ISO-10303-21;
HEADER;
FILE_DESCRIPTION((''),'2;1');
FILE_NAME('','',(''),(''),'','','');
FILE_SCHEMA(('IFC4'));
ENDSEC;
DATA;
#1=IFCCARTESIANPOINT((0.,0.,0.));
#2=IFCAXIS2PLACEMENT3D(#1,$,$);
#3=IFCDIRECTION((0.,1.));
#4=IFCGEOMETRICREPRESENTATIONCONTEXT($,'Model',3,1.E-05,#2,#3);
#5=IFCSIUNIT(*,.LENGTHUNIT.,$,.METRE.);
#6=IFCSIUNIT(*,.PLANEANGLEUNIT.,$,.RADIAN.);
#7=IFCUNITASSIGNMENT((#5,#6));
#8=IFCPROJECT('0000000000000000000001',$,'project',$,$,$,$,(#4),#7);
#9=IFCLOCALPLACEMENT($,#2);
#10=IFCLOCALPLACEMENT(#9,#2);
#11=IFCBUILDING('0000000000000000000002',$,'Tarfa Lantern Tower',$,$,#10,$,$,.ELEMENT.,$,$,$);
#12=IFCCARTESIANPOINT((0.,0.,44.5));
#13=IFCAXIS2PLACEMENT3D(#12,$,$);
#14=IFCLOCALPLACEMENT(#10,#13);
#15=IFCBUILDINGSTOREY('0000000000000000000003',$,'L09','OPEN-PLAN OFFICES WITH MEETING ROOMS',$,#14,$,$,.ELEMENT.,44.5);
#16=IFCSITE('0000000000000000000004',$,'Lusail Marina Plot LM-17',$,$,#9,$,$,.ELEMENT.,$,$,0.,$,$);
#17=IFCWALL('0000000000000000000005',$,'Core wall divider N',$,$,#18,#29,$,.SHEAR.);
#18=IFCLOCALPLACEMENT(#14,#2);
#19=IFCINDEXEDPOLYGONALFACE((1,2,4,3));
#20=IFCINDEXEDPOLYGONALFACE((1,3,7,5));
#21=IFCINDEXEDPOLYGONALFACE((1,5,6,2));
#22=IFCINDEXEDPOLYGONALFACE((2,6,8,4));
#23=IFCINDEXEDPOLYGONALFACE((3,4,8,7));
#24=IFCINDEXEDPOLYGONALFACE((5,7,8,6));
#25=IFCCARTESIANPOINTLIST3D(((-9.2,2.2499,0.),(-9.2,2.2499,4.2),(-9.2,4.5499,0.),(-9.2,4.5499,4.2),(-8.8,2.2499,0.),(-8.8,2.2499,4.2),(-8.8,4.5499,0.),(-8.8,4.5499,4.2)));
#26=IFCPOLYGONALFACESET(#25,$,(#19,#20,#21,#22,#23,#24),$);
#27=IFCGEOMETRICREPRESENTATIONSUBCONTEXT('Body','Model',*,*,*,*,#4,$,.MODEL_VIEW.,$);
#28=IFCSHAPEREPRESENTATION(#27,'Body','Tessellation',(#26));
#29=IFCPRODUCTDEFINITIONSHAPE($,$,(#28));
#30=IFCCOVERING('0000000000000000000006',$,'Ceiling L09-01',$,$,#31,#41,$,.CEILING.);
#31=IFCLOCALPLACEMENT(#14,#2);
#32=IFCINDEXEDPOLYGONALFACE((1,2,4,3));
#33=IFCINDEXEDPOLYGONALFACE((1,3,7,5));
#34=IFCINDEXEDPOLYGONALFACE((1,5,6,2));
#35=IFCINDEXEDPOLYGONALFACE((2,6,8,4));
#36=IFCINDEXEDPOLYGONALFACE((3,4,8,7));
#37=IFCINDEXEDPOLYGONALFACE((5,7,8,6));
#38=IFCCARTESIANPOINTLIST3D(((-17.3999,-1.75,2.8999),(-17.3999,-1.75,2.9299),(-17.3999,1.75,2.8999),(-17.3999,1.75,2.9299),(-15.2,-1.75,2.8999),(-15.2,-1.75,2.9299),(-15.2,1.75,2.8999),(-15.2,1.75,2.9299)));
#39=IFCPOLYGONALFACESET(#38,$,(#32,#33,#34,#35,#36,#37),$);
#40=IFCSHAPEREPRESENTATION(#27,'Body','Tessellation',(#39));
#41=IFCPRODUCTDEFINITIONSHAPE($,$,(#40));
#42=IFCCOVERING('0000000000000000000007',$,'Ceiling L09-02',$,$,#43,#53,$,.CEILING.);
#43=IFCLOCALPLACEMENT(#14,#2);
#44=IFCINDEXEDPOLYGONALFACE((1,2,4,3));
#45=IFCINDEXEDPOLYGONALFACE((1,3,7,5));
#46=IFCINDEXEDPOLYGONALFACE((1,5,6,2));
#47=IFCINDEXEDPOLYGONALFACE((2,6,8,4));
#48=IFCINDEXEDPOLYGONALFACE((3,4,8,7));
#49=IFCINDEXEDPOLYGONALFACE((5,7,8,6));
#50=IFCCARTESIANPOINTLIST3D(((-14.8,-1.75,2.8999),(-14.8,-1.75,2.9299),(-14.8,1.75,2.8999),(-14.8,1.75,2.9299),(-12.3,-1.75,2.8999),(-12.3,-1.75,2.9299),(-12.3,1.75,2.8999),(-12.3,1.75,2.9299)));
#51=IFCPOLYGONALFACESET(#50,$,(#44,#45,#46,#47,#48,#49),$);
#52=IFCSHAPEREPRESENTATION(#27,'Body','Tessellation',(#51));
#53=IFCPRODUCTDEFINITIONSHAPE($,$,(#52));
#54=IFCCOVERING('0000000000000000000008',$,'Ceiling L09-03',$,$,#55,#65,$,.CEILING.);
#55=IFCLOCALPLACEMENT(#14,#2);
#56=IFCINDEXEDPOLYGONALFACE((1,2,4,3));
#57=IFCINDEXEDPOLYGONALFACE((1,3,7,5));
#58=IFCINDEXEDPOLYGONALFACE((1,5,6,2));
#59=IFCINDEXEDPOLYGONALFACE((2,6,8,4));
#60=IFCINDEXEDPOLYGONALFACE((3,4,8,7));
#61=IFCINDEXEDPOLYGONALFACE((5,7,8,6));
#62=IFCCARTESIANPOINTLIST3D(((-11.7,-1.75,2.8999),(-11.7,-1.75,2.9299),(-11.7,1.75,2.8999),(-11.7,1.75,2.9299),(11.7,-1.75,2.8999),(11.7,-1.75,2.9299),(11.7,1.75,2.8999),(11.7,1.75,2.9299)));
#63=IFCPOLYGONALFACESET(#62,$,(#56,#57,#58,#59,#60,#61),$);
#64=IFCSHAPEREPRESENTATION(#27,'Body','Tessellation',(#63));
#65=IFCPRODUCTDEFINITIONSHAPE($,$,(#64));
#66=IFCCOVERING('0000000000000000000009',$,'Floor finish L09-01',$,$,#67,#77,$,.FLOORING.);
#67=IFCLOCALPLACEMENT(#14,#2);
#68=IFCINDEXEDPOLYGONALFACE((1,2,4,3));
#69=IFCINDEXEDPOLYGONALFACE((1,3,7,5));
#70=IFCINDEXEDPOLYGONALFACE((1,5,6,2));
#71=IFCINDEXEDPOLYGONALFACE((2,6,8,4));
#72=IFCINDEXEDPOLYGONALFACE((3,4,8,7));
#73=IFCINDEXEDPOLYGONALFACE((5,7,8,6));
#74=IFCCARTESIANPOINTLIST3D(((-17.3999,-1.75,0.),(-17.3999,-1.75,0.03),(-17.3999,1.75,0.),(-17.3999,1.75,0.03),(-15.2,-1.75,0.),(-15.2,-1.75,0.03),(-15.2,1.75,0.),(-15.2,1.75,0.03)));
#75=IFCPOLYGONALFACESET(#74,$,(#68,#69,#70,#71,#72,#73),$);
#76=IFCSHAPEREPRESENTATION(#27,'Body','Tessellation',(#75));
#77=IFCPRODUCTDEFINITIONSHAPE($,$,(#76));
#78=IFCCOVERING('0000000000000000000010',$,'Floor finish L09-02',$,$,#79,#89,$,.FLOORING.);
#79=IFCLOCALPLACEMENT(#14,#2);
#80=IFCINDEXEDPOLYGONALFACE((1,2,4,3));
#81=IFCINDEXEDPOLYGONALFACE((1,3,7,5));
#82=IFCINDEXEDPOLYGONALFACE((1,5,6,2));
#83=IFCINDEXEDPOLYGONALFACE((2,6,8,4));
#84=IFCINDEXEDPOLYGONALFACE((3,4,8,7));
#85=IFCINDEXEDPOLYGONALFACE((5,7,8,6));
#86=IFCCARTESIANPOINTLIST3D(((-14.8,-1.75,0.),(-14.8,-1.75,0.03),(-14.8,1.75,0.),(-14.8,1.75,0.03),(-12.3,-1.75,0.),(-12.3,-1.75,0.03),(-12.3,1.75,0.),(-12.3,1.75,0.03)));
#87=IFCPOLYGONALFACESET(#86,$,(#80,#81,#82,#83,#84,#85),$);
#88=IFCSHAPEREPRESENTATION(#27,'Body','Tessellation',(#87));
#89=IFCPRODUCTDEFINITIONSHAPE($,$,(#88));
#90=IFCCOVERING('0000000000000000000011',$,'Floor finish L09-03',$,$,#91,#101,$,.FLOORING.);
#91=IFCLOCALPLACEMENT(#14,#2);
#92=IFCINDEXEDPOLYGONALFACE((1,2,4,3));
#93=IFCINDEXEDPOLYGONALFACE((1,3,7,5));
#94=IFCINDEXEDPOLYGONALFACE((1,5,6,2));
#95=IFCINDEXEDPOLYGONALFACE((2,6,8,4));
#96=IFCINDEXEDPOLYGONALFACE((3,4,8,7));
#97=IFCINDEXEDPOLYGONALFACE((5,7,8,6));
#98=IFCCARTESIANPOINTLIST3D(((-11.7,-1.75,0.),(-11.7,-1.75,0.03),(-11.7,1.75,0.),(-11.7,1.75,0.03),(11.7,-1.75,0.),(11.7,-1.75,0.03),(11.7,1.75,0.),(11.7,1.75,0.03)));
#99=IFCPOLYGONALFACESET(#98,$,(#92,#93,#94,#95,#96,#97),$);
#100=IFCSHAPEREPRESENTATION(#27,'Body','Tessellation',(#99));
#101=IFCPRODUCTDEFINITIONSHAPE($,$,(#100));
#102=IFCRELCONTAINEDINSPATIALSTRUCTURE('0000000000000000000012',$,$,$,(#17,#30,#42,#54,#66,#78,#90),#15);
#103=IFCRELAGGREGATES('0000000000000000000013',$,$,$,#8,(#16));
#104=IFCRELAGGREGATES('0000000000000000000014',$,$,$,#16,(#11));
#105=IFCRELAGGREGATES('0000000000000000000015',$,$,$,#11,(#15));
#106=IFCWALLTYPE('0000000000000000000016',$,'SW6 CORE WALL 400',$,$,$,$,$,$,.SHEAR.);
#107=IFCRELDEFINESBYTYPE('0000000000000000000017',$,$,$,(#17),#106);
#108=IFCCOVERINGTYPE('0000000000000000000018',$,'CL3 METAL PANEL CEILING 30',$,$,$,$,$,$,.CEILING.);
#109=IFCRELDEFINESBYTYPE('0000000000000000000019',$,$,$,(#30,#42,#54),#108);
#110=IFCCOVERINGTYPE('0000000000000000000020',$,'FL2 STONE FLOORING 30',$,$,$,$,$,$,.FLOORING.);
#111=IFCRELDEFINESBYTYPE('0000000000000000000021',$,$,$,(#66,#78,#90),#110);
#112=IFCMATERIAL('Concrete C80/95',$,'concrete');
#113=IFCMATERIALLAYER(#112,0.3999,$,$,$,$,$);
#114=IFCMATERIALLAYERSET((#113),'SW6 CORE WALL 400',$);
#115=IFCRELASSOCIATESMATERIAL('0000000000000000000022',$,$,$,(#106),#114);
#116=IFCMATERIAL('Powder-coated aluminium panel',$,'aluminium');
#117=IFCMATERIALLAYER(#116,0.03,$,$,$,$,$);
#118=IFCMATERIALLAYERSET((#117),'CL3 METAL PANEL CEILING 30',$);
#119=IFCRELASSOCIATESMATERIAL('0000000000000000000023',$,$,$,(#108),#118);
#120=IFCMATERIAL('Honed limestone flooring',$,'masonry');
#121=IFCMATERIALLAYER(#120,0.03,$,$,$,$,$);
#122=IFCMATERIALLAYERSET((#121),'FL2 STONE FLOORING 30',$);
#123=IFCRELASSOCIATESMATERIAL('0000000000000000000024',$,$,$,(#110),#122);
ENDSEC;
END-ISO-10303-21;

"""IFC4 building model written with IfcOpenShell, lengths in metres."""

from ifc_helpers import new_model, si_unit, direction, frame, frame_2d, origin, place, context, subcontext, project, spatial, polyline, rectangle, outline, extrude, material, layer, layer_set, type_object, element, save


model = new_model("IFC4")

# Units and contexts
model_context = context("Model", 3, precision=1e-05, world=origin(), true_north=direction((0.0, 1.0)))
body_context = subcontext(model_context, "Body", "Model", "MODEL_VIEW")
ifc_project = project(units=[si_unit("LENGTHUNIT", "METRE"), si_unit("PLANEANGLEUNIT", "RADIAN")], contexts=[model_context])

# Site, building, storey
site_placement = place(None, origin())
site = spatial("IfcSite", under=ifc_project, at=site_placement, Name="Lusail Marina Plot LM-17", CompositionType="ELEMENT", RefElevation=0.0)
building_placement = place(site_placement, origin())
building = spatial("IfcBuilding", under=site, at=building_placement, Name="Tarfa Lantern Tower", CompositionType="ELEMENT")
storey_placement = place(building_placement, frame((0.0, 0.0, 44.5)))
storey = spatial("IfcBuildingStorey", under=building, at=storey_placement, Name="L09", Description="OPEN-PLAN OFFICES WITH MEETING ROOMS", CompositionType="ELEMENT", Elevation=44.5)

# Shared definitions
ifc_material_1 = material(Name="Concrete C80/95", Category="concrete")

# Wall
ifc_layer_1 = layer(ifc_material_1, 0.3999)
ifc_layer_set_1 = layer_set([ifc_layer_1], Name="SW6 CORE WALL 400")
wall_type_1 = type_object("IfcWallType", Name="SW6 CORE WALL 400", PredefinedType="SHEAR", material=ifc_layer_set_1)
wall_1_placement = place(storey_placement, frame((-9.0, 2.25, 0.0), z_axis=(0.0, 0.0, 1.0), x_axis=(0.0, 1.0, 0.0)))
element("IfcWall", 1, at=wall_1_placement, inside=storey, type_object=wall_type_1, Name="Core wall divider N", PredefinedType="SHEAR", context=body_context, shape_type="SweptSolid", body=[
    extrude(rectangle(XDim=2.3, YDim=0.3999, at=frame_2d((1.1499, 0.0))), origin(), (0.0, 0.0, 1.0), 4.2),
])

# Coverings
ifc_material_2 = material(Name="Powder-coated aluminium panel", Category="aluminium")
ifc_layer_2 = layer(ifc_material_2, 0.03)
ifc_layer_set_2 = layer_set([ifc_layer_2], Name="CL3 METAL PANEL CEILING 30")
covering_type_1 = type_object("IfcCoveringType", Name="CL3 METAL PANEL CEILING 30", PredefinedType="CEILING", material=ifc_layer_set_2)
covering_1_placement = place(storey_placement, frame((0.0, 0.0, 2.8999)))
element("IfcCovering", 2, at=covering_1_placement, inside=storey, type_object=covering_type_1, Name="Ceiling L09-01", PredefinedType="CEILING", context=body_context, shape_type="SweptSolid", body=[
    extrude(outline(polyline([(-17.3999, -1.75), (-15.2, -1.75), (-15.2, 1.75), (-17.3999, 1.75), (-17.3999, -1.75)])), origin(), (0.0, 0.0, 1.0), 0.03),
])
covering_2_placement = place(storey_placement, frame((0.0, 0.0, 2.8999)))
element("IfcCovering", 3, at=covering_2_placement, inside=storey, type_object=covering_type_1, Name="Ceiling L09-02", PredefinedType="CEILING", context=body_context, shape_type="SweptSolid", body=[
    extrude(outline(polyline([(-14.8, -1.75), (-12.3, -1.75), (-12.3, 1.75), (-14.8, 1.75), (-14.8, -1.75)])), origin(), (0.0, 0.0, 1.0), 0.03),
])
covering_3_placement = place(storey_placement, frame((0.0, 0.0, 2.8999)))
element("IfcCovering", 4, at=covering_3_placement, inside=storey, type_object=covering_type_1, Name="Ceiling L09-03", PredefinedType="CEILING", context=body_context, shape_type="SweptSolid", body=[
    extrude(outline(polyline([(-11.7, -1.75), (11.7, -1.75), (11.7, 1.75), (-11.7, 1.75), (-11.7, -1.75)])), origin(), (0.0, 0.0, 1.0), 0.03),
])
ifc_material_3 = material(Name="Honed limestone flooring", Category="masonry")
ifc_layer_3 = layer(ifc_material_3, 0.03)
ifc_layer_set_3 = layer_set([ifc_layer_3], Name="FL2 STONE FLOORING 30")
covering_type_2 = type_object("IfcCoveringType", Name="FL2 STONE FLOORING 30", PredefinedType="FLOORING", material=ifc_layer_set_3)
covering_4_placement = place(storey_placement, origin())
element("IfcCovering", 5, at=covering_4_placement, inside=storey, type_object=covering_type_2, Name="Floor finish L09-01", PredefinedType="FLOORING", context=body_context, shape_type="SweptSolid", body=[
    extrude(outline(polyline([(-17.3999, -1.75), (-15.2, -1.75), (-15.2, 1.75), (-17.3999, 1.75), (-17.3999, -1.75)])), origin(), (0.0, 0.0, 1.0), 0.03),
])
covering_5_placement = place(storey_placement, origin())
element("IfcCovering", 6, at=covering_5_placement, inside=storey, type_object=covering_type_2, Name="Floor finish L09-02", PredefinedType="FLOORING", context=body_context, shape_type="SweptSolid", body=[
    extrude(outline(polyline([(-14.8, -1.75), (-12.3, -1.75), (-12.3, 1.75), (-14.8, 1.75), (-14.8, -1.75)])), origin(), (0.0, 0.0, 1.0), 0.03),
])
covering_6_placement = place(storey_placement, origin())
element("IfcCovering", 7, at=covering_6_placement, inside=storey, type_object=covering_type_2, Name="Floor finish L09-03", PredefinedType="FLOORING", context=body_context, shape_type="SweptSolid", body=[
    extrude(outline(polyline([(-11.7, -1.75), (11.7, -1.75), (11.7, 1.75), (-11.7, 1.75), (-11.7, -1.75)])), origin(), (0.0, 0.0, 1.0), 0.03),
])

save(model, "model.ifc")
